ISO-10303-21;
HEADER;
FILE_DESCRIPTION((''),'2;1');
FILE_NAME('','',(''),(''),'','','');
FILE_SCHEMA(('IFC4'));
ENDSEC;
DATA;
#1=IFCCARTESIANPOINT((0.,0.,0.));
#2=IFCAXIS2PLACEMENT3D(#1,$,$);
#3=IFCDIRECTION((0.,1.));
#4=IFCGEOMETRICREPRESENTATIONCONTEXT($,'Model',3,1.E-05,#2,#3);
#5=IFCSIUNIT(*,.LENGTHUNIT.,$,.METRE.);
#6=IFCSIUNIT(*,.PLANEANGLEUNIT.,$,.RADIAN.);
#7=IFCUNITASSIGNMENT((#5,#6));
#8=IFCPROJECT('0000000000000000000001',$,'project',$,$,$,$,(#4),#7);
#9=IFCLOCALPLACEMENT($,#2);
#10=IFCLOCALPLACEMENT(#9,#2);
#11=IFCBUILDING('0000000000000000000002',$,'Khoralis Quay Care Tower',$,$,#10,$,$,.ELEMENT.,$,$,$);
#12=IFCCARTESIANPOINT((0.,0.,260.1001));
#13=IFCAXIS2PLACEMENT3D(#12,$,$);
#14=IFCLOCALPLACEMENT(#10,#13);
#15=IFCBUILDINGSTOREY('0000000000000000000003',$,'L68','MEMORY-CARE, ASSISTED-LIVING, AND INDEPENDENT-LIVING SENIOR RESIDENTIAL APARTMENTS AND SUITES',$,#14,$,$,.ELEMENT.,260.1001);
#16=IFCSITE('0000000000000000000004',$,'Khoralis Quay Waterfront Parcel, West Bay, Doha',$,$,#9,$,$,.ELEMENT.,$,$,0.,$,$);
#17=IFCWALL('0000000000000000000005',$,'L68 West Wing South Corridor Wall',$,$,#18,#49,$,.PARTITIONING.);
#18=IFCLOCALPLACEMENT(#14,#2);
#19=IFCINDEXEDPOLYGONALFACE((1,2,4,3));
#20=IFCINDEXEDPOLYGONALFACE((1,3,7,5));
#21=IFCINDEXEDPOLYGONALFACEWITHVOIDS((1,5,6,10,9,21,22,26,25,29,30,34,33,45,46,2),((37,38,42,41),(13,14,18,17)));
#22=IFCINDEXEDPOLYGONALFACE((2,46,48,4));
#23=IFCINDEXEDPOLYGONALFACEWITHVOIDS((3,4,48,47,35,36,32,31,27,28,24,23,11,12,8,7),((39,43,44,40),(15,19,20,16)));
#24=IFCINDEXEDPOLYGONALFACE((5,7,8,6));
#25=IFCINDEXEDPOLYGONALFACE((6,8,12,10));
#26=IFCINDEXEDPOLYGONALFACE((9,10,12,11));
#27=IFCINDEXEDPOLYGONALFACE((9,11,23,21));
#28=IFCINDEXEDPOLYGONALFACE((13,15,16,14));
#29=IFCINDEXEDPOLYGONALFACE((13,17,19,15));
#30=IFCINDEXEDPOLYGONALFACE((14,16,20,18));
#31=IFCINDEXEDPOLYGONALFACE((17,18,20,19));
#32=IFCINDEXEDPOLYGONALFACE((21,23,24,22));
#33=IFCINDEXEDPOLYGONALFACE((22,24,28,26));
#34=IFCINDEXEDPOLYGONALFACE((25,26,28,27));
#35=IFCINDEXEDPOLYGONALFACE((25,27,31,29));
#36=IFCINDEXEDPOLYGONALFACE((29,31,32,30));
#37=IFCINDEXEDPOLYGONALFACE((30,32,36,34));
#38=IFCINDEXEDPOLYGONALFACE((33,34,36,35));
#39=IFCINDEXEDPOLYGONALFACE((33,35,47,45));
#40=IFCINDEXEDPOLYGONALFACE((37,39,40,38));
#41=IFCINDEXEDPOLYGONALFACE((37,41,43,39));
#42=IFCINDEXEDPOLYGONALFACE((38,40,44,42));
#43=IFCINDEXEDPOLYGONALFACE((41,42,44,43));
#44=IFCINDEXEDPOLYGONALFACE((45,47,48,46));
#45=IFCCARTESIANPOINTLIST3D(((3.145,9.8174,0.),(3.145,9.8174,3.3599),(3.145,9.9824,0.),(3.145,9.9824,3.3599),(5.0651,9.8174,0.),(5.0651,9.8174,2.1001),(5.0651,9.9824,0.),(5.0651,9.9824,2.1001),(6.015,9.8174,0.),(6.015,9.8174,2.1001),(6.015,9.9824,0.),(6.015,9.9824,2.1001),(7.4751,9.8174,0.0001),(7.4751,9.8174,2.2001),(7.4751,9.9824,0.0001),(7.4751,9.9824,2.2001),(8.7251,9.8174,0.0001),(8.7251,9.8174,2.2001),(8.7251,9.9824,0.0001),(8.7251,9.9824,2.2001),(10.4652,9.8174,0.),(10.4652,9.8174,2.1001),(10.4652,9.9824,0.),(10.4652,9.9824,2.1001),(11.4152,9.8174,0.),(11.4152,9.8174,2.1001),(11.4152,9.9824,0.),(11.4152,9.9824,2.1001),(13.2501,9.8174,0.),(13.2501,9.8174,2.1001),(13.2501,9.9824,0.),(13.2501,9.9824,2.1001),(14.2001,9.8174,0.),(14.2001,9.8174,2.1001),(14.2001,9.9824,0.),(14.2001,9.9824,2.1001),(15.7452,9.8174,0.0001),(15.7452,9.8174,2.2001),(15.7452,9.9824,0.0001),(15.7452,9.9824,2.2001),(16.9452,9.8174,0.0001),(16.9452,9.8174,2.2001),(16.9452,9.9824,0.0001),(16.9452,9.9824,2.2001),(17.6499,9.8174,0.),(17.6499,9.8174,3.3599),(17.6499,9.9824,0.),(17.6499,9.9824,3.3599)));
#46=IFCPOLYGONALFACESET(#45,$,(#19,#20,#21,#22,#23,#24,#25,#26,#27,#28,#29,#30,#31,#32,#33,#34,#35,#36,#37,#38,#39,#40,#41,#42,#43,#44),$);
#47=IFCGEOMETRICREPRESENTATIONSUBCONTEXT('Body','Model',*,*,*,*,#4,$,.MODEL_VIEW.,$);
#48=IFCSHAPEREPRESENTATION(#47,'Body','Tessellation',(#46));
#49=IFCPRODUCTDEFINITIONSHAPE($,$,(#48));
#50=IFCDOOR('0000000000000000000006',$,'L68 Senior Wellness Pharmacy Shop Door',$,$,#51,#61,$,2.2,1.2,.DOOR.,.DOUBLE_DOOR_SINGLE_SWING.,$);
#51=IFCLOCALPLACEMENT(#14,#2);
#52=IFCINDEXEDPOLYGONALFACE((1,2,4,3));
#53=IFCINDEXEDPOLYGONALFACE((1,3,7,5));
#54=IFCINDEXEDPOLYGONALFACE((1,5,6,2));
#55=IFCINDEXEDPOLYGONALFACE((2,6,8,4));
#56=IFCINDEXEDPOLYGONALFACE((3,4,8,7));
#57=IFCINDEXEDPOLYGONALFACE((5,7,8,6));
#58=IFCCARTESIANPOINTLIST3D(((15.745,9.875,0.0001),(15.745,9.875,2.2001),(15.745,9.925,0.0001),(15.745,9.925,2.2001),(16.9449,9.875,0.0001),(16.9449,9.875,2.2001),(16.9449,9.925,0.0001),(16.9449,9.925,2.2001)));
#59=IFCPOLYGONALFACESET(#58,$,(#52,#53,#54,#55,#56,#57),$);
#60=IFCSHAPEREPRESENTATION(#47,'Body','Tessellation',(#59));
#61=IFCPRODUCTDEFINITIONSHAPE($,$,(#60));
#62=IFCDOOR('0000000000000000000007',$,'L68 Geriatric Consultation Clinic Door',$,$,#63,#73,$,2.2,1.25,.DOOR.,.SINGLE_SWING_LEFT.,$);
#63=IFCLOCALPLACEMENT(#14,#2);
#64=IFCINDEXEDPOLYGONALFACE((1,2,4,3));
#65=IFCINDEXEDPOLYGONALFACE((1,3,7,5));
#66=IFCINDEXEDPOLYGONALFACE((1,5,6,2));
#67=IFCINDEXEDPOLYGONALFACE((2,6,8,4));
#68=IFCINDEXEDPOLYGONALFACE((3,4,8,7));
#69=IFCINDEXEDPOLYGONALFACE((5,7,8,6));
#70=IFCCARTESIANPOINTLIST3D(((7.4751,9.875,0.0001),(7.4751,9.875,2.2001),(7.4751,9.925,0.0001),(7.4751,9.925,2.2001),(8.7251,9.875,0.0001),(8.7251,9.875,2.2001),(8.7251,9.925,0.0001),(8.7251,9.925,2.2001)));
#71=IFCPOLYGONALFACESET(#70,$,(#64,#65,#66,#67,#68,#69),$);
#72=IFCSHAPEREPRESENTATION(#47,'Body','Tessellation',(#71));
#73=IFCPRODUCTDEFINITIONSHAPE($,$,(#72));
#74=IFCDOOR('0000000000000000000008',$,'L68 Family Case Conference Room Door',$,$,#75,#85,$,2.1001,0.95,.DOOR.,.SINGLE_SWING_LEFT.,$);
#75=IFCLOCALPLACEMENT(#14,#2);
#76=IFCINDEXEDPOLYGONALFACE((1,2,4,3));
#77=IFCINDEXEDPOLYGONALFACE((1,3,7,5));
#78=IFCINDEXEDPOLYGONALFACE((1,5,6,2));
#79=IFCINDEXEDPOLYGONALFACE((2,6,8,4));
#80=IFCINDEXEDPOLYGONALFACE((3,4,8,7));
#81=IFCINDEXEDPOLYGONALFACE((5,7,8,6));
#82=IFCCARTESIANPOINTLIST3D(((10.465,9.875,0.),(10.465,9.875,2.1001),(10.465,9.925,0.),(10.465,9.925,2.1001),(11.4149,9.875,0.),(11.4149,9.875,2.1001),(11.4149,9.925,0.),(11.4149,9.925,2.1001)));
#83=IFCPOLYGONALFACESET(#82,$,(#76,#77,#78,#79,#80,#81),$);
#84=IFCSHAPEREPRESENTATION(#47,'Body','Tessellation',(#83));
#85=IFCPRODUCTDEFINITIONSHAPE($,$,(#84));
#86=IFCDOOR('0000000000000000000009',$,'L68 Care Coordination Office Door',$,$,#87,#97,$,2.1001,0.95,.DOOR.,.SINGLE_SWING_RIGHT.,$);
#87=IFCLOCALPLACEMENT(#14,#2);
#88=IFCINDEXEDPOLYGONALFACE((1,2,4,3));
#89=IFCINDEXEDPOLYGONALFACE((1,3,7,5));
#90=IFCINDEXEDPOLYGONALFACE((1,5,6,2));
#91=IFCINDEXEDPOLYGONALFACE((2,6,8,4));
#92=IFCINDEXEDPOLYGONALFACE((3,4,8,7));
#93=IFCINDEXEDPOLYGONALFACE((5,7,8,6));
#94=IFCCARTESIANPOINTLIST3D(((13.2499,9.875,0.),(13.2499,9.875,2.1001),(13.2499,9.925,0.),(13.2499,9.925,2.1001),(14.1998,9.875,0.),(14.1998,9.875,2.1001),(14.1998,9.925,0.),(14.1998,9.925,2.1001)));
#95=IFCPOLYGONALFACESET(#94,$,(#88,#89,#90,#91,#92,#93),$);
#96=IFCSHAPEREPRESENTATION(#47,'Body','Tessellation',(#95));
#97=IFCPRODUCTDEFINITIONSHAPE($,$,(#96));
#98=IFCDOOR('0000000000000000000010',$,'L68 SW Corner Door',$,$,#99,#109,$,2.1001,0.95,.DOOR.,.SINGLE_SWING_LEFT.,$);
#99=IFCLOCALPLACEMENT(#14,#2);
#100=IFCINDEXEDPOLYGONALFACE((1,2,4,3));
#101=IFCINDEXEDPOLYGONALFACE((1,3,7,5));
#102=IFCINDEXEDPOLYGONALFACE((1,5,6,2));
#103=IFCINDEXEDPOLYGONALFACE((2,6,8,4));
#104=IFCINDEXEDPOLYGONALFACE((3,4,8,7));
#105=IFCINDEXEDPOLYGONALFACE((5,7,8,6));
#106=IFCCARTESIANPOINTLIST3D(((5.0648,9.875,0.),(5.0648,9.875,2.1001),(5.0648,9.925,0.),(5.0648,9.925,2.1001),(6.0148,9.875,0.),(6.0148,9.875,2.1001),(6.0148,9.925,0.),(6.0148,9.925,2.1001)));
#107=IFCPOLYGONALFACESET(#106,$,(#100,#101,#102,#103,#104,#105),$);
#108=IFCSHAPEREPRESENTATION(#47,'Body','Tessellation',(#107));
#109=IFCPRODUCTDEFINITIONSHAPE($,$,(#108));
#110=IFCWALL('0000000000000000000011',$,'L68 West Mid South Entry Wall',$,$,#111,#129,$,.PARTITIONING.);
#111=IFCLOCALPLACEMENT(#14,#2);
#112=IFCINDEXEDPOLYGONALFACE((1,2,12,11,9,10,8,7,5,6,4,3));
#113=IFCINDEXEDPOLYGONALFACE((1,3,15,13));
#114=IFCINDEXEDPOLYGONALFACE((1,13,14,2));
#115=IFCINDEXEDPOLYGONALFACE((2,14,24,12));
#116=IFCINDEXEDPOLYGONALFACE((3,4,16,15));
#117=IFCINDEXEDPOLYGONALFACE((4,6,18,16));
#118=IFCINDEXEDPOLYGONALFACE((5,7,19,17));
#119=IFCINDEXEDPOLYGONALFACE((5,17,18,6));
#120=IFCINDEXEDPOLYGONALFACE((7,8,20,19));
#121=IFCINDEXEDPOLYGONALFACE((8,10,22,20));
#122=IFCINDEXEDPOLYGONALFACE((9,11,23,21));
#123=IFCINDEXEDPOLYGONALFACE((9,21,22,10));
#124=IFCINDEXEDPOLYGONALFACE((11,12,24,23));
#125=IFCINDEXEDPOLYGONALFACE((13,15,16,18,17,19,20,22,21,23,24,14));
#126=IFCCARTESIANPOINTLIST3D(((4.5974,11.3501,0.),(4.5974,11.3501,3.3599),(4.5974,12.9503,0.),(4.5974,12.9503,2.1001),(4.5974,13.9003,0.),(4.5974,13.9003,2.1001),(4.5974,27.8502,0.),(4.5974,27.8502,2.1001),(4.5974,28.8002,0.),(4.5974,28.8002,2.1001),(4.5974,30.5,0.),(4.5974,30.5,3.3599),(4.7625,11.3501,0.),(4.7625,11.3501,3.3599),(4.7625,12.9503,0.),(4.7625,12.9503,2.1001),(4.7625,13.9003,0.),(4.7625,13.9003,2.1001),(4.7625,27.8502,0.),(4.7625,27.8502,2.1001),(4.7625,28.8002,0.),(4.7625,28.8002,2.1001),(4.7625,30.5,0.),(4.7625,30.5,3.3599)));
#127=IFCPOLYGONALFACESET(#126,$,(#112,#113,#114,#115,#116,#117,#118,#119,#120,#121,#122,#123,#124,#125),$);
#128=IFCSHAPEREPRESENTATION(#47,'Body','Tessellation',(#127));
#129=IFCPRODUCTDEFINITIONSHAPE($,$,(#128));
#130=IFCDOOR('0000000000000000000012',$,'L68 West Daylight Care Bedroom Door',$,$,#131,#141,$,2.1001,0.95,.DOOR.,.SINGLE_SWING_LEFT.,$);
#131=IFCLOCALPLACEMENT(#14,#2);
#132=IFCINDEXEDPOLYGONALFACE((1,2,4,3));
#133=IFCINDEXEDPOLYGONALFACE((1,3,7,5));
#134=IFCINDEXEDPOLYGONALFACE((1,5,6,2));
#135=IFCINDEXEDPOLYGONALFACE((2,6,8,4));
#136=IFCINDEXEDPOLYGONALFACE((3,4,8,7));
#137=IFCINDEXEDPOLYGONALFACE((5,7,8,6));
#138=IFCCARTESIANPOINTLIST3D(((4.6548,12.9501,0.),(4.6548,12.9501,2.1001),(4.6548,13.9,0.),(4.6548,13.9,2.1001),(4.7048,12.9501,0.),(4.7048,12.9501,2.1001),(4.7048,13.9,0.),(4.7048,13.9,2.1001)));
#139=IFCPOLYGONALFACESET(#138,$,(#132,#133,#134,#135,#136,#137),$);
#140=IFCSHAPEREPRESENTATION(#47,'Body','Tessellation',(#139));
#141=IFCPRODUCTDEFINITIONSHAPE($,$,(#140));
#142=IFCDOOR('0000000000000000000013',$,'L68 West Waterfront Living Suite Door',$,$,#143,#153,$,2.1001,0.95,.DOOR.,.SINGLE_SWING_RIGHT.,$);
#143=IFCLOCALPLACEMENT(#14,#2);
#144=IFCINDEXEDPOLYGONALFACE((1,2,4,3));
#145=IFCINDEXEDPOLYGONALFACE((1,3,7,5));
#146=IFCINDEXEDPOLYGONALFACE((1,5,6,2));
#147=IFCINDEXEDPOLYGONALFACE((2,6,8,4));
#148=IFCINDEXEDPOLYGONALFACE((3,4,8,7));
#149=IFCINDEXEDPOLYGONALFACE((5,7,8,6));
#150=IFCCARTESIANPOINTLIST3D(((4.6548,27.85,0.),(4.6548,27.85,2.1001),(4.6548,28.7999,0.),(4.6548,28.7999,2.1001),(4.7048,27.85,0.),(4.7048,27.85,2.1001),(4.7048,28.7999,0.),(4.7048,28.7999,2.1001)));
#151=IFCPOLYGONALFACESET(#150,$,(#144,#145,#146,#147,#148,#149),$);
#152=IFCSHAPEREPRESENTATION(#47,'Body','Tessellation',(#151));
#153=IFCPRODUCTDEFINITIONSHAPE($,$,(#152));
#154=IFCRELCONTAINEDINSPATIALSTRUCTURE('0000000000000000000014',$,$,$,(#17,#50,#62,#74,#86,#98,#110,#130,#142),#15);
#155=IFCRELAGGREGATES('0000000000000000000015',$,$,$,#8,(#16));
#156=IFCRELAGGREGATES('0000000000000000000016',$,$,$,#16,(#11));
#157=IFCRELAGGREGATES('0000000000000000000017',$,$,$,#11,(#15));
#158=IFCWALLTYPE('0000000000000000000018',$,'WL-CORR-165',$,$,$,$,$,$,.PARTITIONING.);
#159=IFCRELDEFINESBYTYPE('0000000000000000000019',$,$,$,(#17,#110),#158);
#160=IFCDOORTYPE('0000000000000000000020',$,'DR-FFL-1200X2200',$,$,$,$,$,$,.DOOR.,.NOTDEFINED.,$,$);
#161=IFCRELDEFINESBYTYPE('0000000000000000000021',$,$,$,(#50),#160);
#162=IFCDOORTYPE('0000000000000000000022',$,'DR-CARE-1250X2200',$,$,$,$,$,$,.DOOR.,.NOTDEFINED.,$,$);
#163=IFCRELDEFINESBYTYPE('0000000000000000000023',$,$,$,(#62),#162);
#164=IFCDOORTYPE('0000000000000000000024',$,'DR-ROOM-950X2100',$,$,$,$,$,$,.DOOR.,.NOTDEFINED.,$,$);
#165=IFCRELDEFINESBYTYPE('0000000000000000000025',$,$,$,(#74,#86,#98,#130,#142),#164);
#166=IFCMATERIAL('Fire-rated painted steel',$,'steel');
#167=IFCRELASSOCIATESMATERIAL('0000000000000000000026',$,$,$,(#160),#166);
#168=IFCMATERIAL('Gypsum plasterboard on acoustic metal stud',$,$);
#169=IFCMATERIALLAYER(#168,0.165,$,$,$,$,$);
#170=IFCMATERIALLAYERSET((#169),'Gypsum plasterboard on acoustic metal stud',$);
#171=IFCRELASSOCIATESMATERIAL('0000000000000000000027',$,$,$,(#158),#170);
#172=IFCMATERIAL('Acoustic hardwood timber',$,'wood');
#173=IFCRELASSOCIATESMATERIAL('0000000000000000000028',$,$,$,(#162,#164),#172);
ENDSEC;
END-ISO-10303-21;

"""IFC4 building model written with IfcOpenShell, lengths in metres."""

from ifc_helpers import new_model, si_unit, direction, frame, frame_2d, origin, place, context, subcontext, project, spatial, rectangle, extrude, source, transform, mapped, material, layer, layer_set, type_object, element, fill, save


model = new_model("IFC4")

# Units and contexts
model_context = context("Model", 3, precision=1e-05, world=origin(), true_north=direction((0.0, 1.0)))
body_context = subcontext(model_context, "Body", "Model", "MODEL_VIEW")
ifc_project = project(units=[si_unit("LENGTHUNIT", "METRE"), si_unit("PLANEANGLEUNIT", "RADIAN")], contexts=[model_context])

# Site, building, storey
site_placement = place(None, origin())
site = spatial("IfcSite", under=ifc_project, at=site_placement, Name="Khoralis Quay Waterfront Parcel, West Bay, Doha", CompositionType="ELEMENT", RefElevation=0.0)
building_placement = place(site_placement, origin())
building = spatial("IfcBuilding", under=site, at=building_placement, Name="Khoralis Quay Care Tower", CompositionType="ELEMENT")
storey_placement = place(building_placement, frame((0.0, 0.0, 260.1001)))
storey = spatial("IfcBuildingStorey", under=building, at=storey_placement, Name="L68", Description="MEMORY-CARE, ASSISTED-LIVING, AND INDEPENDENT-LIVING SENIOR RESIDENTIAL APARTMENTS AND SUITES", CompositionType="ELEMENT", Elevation=260.1001)

# Shared definitions
ifc_material_1 = material(Name="Gypsum plasterboard on acoustic metal stud")
ifc_material_2 = material(Name="Fire-rated painted steel", Category="steel")
door_type_1 = type_object("IfcDoorType", Name="DR-FFL-1200X2200", OperationType="NOTDEFINED", PredefinedType="DOOR", material=ifc_material_2)
shared_shape_1 = source(origin(), body_context, "Body", "SweptSolid", [
    extrude(rectangle(XDim=1.2, YDim=2.2, at=frame_2d((0.6001, 1.1001))), frame((0.0, 0.0249, 0.0), z_axis=(0.0, -1.0, 0.0), x_axis=(1.0, 0.0, 0.0)), (0.0, 0.0, 1.0), 0.05),
])

# Walls, openings, doors
ifc_layer_1 = layer(ifc_material_1, 0.165)
ifc_layer_set_1 = layer_set([ifc_layer_1], Name="Gypsum plasterboard on acoustic metal stud")
wall_type_1 = type_object("IfcWallType", Name="WL-CORR-165", PredefinedType="PARTITIONING", material=ifc_layer_set_1)
wall_1_placement = place(storey_placement, frame((3.145, 9.8999, 0.0), z_axis=(0.0, 0.0, 1.0), x_axis=(1.0, 0.0, 0.0)))
wall_1 = element("IfcWall", 1, at=wall_1_placement, inside=storey, type_object=wall_type_1, Name="L68 West Wing South Corridor Wall", PredefinedType="PARTITIONING", context=body_context, shape_type="SweptSolid", body=[
    extrude(rectangle(XDim=14.5049, YDim=0.165, at=frame_2d((7.2524, 0.0))), origin(), (0.0, 0.0, 1.0), 3.3599),
])
opening_1_placement = place(wall_1_placement, frame((4.3301, 0.0, 0.0)))
opening_1 = element("IfcOpeningElement", 2, at=opening_1_placement, cuts=wall_1, PredefinedType="OPENING", context=body_context, shape_type="SweptSolid", body=[
    extrude(rectangle(XDim=1.25, YDim=2.2, at=frame_2d((0.625, 1.1001))), frame((0.0, 0.0925, 0.0), z_axis=(0.0, -1.0, 0.0), x_axis=(1.0, 0.0, 0.0)), (0.0, 0.0, 1.0), 0.1851),
])
opening_2_placement = place(wall_1_placement, frame((7.3201, 0.0, 0.0)))
opening_2 = element("IfcOpeningElement", 3, at=opening_2_placement, cuts=wall_1, PredefinedType="OPENING", context=body_context, shape_type="SweptSolid", body=[
    extrude(rectangle(XDim=0.95, YDim=2.1001, at=frame_2d((0.4751, 1.05))), frame((0.0, 0.0925, 0.0), z_axis=(0.0, -1.0, 0.0), x_axis=(1.0, 0.0, 0.0)), (0.0, 0.0, 1.0), 0.1851),
])
opening_3_placement = place(wall_1_placement, frame((10.105, 0.0, 0.0)))
opening_3 = element("IfcOpeningElement", 4, at=opening_3_placement, cuts=wall_1, PredefinedType="OPENING", context=body_context, shape_type="SweptSolid", body=[
    extrude(rectangle(XDim=0.95, YDim=2.1001, at=frame_2d((0.4751, 1.05))), frame((0.0, 0.0925, 0.0), z_axis=(0.0, -1.0, 0.0), x_axis=(1.0, 0.0, 0.0)), (0.0, 0.0, 1.0), 0.1851),
])
opening_4_placement = place(wall_1_placement, frame((12.6001, 0.0, 0.0)))
opening_4 = element("IfcOpeningElement", 5, at=opening_4_placement, cuts=wall_1, PredefinedType="OPENING", context=body_context, shape_type="SweptSolid", body=[
    extrude(rectangle(XDim=1.2, YDim=2.2, at=frame_2d((0.6001, 1.1001))), frame((0.0, 0.0925, 0.0), z_axis=(0.0, -1.0, 0.0), x_axis=(1.0, 0.0, 0.0)), (0.0, 0.0, 1.0), 0.1851),
])
opening_5_placement = place(wall_1_placement, frame((1.9199, 0.0, 0.0)))
opening_5 = element("IfcOpeningElement", 6, at=opening_5_placement, cuts=wall_1, PredefinedType="OPENING", context=body_context, shape_type="SweptSolid", body=[
    extrude(rectangle(XDim=0.95, YDim=2.1001, at=frame_2d((0.4751, 1.05))), frame((0.0, 0.0925, 0.0), z_axis=(0.0, -1.0, 0.0), x_axis=(1.0, 0.0, 0.0)), (0.0, 0.0, 1.0), 0.1851),
])
door_1_placement = place(opening_4_placement, frame((1.2, 0.0, 0.0), z_axis=(0.0, 0.0, 1.0), x_axis=(-1.0, 0.0, 0.0)))
door_1 = element("IfcDoor", 7, at=door_1_placement, inside=storey, type_object=door_type_1, Name="L68 Senior Wellness Pharmacy Shop Door", OperationType="DOUBLE_DOOR_SINGLE_SWING", OverallHeight=2.2, OverallWidth=1.2, PredefinedType="DOOR", context=body_context, shape_type="MappedRepresentation", body=[
    mapped(shared_shape_1, transform((0.0, 0.0, 0.0), scale=1.0)),
])
fill(opening_4, door_1)
ifc_material_3 = material(Name="Acoustic hardwood timber", Category="wood")
door_type_2 = type_object("IfcDoorType", Name="DR-CARE-1250X2200", OperationType="NOTDEFINED", PredefinedType="DOOR", material=ifc_material_3)
shared_shape_2 = source(origin(), body_context, "Body", "SweptSolid", [
    extrude(rectangle(XDim=1.25, YDim=2.2, at=frame_2d((0.625, 1.1001))), frame((0.0, 0.0249, 0.0), z_axis=(0.0, -1.0, 0.0), x_axis=(1.0, 0.0, 0.0)), (0.0, 0.0, 1.0), 0.05),
])
door_2_placement = place(opening_1_placement, frame((1.25, 0.0, 0.0), z_axis=(0.0, 0.0, 1.0), x_axis=(-1.0, 0.0, 0.0)))
door_2 = element("IfcDoor", 8, at=door_2_placement, inside=storey, type_object=door_type_2, Name="L68 Geriatric Consultation Clinic Door", OperationType="SINGLE_SWING_LEFT", OverallHeight=2.2, OverallWidth=1.25, PredefinedType="DOOR", context=body_context, shape_type="MappedRepresentation", body=[
    mapped(shared_shape_2, transform((0.0, 0.0, 0.0), scale=1.0)),
])
fill(opening_1, door_2)
door_type_3 = type_object("IfcDoorType", Name="DR-ROOM-950X2100", OperationType="NOTDEFINED", PredefinedType="DOOR", material=ifc_material_3)
shared_shape_3 = source(origin(), body_context, "Body", "SweptSolid", [
    extrude(rectangle(XDim=0.95, YDim=2.1001, at=frame_2d((0.4751, 1.05))), frame((0.0, 0.0249, 0.0), z_axis=(0.0, -1.0, 0.0), x_axis=(1.0, 0.0, 0.0)), (0.0, 0.0, 1.0), 0.05),
])
door_3_placement = place(opening_2_placement, frame((0.95, 0.0, 0.0), z_axis=(0.0, 0.0, 1.0), x_axis=(-1.0, 0.0, 0.0)))
door_3 = element("IfcDoor", 9, at=door_3_placement, inside=storey, type_object=door_type_3, Name="L68 Family Case Conference Room Door", OperationType="SINGLE_SWING_LEFT", OverallHeight=2.1001, OverallWidth=0.95, PredefinedType="DOOR", context=body_context, shape_type="MappedRepresentation", body=[
    mapped(shared_shape_3, transform((0.0, 0.0, 0.0), scale=1.0)),
])
fill(opening_2, door_3)
door_4_placement = place(opening_3_placement, frame((0.95, 0.0, 0.0), z_axis=(0.0, 0.0, 1.0), x_axis=(-1.0, 0.0, 0.0)))
door_4 = element("IfcDoor", 10, at=door_4_placement, inside=storey, type_object=door_type_3, Name="L68 Care Coordination Office Door", OperationType="SINGLE_SWING_RIGHT", OverallHeight=2.1001, OverallWidth=0.95, PredefinedType="DOOR", context=body_context, shape_type="MappedRepresentation", body=[
    mapped(shared_shape_3, transform((0.0, 0.0, 0.0), scale=1.0)),
])
fill(opening_3, door_4)
door_5_placement = place(opening_5_placement, frame((0.95, 0.0, 0.0), z_axis=(0.0, 0.0, 1.0), x_axis=(-1.0, 0.0, 0.0)))
door_5 = element("IfcDoor", 11, at=door_5_placement, inside=storey, type_object=door_type_3, Name="L68 SW Corner Door", OperationType="SINGLE_SWING_LEFT", OverallHeight=2.1001, OverallWidth=0.95, PredefinedType="DOOR", context=body_context, shape_type="MappedRepresentation", body=[
    mapped(shared_shape_3, transform((0.0, 0.0, 0.0), scale=1.0)),
])
fill(opening_5, door_5)
wall_2_placement = place(storey_placement, frame((4.6799, 11.3501, 0.0), z_axis=(0.0, 0.0, 1.0), x_axis=(0.0, 1.0, 0.0)))
wall_2 = element("IfcWall", 12, at=wall_2_placement, inside=storey, type_object=wall_type_1, Name="L68 West Mid South Entry Wall", PredefinedType="PARTITIONING", context=body_context, shape_type="SweptSolid", body=[
    extrude(rectangle(XDim=19.1499, YDim=0.165, at=frame_2d((9.575, 0.0))), origin(), (0.0, 0.0, 1.0), 3.3599),
])
opening_6_placement = place(wall_2_placement, frame((1.6001, 0.0, 0.0)))
opening_6 = element("IfcOpeningElement", 13, at=opening_6_placement, cuts=wall_2, PredefinedType="OPENING", context=body_context, shape_type="SweptSolid", body=[
    extrude(rectangle(XDim=0.95, YDim=2.1001, at=frame_2d((0.4751, 1.05))), frame((0.0, 0.0925, 0.0), z_axis=(0.0, -1.0, 0.0), x_axis=(1.0, 0.0, 0.0)), (0.0, 0.0, 1.0), 0.1851),
])
opening_7_placement = place(wall_2_placement, frame((16.5, 0.0, 0.0)))
opening_7 = element("IfcOpeningElement", 14, at=opening_7_placement, cuts=wall_2, PredefinedType="OPENING", context=body_context, shape_type="SweptSolid", body=[
    extrude(rectangle(XDim=0.95, YDim=2.1001, at=frame_2d((0.4751, 1.05))), frame((0.0, 0.0925, 0.0), z_axis=(0.0, -1.0, 0.0), x_axis=(1.0, 0.0, 0.0)), (0.0, 0.0, 1.0), 0.1851),
])
door_6_placement = place(opening_6_placement, frame((0.95, 0.0, 0.0), z_axis=(0.0, 0.0, 1.0), x_axis=(-1.0, 0.0, 0.0)))
door_6 = element("IfcDoor", 15, at=door_6_placement, inside=storey, type_object=door_type_3, Name="L68 West Daylight Care Bedroom Door", OperationType="SINGLE_SWING_LEFT", OverallHeight=2.1001, OverallWidth=0.95, PredefinedType="DOOR", context=body_context, shape_type="MappedRepresentation", body=[
    mapped(shared_shape_3, transform((0.0, 0.0, 0.0), scale=1.0)),
])
fill(opening_6, door_6)
door_7_placement = place(opening_7_placement, frame((0.95, 0.0, 0.0), z_axis=(0.0, 0.0, 1.0), x_axis=(-1.0, 0.0, 0.0)))
door_7 = element("IfcDoor", 16, at=door_7_placement, inside=storey, type_object=door_type_3, Name="L68 West Waterfront Living Suite Door", OperationType="SINGLE_SWING_RIGHT", OverallHeight=2.1001, OverallWidth=0.95, PredefinedType="DOOR", context=body_context, shape_type="MappedRepresentation", body=[
    mapped(shared_shape_3, transform((0.0, 0.0, 0.0), scale=1.0)),
])
fill(opening_7, door_7)

save(model, "model.ifc")
